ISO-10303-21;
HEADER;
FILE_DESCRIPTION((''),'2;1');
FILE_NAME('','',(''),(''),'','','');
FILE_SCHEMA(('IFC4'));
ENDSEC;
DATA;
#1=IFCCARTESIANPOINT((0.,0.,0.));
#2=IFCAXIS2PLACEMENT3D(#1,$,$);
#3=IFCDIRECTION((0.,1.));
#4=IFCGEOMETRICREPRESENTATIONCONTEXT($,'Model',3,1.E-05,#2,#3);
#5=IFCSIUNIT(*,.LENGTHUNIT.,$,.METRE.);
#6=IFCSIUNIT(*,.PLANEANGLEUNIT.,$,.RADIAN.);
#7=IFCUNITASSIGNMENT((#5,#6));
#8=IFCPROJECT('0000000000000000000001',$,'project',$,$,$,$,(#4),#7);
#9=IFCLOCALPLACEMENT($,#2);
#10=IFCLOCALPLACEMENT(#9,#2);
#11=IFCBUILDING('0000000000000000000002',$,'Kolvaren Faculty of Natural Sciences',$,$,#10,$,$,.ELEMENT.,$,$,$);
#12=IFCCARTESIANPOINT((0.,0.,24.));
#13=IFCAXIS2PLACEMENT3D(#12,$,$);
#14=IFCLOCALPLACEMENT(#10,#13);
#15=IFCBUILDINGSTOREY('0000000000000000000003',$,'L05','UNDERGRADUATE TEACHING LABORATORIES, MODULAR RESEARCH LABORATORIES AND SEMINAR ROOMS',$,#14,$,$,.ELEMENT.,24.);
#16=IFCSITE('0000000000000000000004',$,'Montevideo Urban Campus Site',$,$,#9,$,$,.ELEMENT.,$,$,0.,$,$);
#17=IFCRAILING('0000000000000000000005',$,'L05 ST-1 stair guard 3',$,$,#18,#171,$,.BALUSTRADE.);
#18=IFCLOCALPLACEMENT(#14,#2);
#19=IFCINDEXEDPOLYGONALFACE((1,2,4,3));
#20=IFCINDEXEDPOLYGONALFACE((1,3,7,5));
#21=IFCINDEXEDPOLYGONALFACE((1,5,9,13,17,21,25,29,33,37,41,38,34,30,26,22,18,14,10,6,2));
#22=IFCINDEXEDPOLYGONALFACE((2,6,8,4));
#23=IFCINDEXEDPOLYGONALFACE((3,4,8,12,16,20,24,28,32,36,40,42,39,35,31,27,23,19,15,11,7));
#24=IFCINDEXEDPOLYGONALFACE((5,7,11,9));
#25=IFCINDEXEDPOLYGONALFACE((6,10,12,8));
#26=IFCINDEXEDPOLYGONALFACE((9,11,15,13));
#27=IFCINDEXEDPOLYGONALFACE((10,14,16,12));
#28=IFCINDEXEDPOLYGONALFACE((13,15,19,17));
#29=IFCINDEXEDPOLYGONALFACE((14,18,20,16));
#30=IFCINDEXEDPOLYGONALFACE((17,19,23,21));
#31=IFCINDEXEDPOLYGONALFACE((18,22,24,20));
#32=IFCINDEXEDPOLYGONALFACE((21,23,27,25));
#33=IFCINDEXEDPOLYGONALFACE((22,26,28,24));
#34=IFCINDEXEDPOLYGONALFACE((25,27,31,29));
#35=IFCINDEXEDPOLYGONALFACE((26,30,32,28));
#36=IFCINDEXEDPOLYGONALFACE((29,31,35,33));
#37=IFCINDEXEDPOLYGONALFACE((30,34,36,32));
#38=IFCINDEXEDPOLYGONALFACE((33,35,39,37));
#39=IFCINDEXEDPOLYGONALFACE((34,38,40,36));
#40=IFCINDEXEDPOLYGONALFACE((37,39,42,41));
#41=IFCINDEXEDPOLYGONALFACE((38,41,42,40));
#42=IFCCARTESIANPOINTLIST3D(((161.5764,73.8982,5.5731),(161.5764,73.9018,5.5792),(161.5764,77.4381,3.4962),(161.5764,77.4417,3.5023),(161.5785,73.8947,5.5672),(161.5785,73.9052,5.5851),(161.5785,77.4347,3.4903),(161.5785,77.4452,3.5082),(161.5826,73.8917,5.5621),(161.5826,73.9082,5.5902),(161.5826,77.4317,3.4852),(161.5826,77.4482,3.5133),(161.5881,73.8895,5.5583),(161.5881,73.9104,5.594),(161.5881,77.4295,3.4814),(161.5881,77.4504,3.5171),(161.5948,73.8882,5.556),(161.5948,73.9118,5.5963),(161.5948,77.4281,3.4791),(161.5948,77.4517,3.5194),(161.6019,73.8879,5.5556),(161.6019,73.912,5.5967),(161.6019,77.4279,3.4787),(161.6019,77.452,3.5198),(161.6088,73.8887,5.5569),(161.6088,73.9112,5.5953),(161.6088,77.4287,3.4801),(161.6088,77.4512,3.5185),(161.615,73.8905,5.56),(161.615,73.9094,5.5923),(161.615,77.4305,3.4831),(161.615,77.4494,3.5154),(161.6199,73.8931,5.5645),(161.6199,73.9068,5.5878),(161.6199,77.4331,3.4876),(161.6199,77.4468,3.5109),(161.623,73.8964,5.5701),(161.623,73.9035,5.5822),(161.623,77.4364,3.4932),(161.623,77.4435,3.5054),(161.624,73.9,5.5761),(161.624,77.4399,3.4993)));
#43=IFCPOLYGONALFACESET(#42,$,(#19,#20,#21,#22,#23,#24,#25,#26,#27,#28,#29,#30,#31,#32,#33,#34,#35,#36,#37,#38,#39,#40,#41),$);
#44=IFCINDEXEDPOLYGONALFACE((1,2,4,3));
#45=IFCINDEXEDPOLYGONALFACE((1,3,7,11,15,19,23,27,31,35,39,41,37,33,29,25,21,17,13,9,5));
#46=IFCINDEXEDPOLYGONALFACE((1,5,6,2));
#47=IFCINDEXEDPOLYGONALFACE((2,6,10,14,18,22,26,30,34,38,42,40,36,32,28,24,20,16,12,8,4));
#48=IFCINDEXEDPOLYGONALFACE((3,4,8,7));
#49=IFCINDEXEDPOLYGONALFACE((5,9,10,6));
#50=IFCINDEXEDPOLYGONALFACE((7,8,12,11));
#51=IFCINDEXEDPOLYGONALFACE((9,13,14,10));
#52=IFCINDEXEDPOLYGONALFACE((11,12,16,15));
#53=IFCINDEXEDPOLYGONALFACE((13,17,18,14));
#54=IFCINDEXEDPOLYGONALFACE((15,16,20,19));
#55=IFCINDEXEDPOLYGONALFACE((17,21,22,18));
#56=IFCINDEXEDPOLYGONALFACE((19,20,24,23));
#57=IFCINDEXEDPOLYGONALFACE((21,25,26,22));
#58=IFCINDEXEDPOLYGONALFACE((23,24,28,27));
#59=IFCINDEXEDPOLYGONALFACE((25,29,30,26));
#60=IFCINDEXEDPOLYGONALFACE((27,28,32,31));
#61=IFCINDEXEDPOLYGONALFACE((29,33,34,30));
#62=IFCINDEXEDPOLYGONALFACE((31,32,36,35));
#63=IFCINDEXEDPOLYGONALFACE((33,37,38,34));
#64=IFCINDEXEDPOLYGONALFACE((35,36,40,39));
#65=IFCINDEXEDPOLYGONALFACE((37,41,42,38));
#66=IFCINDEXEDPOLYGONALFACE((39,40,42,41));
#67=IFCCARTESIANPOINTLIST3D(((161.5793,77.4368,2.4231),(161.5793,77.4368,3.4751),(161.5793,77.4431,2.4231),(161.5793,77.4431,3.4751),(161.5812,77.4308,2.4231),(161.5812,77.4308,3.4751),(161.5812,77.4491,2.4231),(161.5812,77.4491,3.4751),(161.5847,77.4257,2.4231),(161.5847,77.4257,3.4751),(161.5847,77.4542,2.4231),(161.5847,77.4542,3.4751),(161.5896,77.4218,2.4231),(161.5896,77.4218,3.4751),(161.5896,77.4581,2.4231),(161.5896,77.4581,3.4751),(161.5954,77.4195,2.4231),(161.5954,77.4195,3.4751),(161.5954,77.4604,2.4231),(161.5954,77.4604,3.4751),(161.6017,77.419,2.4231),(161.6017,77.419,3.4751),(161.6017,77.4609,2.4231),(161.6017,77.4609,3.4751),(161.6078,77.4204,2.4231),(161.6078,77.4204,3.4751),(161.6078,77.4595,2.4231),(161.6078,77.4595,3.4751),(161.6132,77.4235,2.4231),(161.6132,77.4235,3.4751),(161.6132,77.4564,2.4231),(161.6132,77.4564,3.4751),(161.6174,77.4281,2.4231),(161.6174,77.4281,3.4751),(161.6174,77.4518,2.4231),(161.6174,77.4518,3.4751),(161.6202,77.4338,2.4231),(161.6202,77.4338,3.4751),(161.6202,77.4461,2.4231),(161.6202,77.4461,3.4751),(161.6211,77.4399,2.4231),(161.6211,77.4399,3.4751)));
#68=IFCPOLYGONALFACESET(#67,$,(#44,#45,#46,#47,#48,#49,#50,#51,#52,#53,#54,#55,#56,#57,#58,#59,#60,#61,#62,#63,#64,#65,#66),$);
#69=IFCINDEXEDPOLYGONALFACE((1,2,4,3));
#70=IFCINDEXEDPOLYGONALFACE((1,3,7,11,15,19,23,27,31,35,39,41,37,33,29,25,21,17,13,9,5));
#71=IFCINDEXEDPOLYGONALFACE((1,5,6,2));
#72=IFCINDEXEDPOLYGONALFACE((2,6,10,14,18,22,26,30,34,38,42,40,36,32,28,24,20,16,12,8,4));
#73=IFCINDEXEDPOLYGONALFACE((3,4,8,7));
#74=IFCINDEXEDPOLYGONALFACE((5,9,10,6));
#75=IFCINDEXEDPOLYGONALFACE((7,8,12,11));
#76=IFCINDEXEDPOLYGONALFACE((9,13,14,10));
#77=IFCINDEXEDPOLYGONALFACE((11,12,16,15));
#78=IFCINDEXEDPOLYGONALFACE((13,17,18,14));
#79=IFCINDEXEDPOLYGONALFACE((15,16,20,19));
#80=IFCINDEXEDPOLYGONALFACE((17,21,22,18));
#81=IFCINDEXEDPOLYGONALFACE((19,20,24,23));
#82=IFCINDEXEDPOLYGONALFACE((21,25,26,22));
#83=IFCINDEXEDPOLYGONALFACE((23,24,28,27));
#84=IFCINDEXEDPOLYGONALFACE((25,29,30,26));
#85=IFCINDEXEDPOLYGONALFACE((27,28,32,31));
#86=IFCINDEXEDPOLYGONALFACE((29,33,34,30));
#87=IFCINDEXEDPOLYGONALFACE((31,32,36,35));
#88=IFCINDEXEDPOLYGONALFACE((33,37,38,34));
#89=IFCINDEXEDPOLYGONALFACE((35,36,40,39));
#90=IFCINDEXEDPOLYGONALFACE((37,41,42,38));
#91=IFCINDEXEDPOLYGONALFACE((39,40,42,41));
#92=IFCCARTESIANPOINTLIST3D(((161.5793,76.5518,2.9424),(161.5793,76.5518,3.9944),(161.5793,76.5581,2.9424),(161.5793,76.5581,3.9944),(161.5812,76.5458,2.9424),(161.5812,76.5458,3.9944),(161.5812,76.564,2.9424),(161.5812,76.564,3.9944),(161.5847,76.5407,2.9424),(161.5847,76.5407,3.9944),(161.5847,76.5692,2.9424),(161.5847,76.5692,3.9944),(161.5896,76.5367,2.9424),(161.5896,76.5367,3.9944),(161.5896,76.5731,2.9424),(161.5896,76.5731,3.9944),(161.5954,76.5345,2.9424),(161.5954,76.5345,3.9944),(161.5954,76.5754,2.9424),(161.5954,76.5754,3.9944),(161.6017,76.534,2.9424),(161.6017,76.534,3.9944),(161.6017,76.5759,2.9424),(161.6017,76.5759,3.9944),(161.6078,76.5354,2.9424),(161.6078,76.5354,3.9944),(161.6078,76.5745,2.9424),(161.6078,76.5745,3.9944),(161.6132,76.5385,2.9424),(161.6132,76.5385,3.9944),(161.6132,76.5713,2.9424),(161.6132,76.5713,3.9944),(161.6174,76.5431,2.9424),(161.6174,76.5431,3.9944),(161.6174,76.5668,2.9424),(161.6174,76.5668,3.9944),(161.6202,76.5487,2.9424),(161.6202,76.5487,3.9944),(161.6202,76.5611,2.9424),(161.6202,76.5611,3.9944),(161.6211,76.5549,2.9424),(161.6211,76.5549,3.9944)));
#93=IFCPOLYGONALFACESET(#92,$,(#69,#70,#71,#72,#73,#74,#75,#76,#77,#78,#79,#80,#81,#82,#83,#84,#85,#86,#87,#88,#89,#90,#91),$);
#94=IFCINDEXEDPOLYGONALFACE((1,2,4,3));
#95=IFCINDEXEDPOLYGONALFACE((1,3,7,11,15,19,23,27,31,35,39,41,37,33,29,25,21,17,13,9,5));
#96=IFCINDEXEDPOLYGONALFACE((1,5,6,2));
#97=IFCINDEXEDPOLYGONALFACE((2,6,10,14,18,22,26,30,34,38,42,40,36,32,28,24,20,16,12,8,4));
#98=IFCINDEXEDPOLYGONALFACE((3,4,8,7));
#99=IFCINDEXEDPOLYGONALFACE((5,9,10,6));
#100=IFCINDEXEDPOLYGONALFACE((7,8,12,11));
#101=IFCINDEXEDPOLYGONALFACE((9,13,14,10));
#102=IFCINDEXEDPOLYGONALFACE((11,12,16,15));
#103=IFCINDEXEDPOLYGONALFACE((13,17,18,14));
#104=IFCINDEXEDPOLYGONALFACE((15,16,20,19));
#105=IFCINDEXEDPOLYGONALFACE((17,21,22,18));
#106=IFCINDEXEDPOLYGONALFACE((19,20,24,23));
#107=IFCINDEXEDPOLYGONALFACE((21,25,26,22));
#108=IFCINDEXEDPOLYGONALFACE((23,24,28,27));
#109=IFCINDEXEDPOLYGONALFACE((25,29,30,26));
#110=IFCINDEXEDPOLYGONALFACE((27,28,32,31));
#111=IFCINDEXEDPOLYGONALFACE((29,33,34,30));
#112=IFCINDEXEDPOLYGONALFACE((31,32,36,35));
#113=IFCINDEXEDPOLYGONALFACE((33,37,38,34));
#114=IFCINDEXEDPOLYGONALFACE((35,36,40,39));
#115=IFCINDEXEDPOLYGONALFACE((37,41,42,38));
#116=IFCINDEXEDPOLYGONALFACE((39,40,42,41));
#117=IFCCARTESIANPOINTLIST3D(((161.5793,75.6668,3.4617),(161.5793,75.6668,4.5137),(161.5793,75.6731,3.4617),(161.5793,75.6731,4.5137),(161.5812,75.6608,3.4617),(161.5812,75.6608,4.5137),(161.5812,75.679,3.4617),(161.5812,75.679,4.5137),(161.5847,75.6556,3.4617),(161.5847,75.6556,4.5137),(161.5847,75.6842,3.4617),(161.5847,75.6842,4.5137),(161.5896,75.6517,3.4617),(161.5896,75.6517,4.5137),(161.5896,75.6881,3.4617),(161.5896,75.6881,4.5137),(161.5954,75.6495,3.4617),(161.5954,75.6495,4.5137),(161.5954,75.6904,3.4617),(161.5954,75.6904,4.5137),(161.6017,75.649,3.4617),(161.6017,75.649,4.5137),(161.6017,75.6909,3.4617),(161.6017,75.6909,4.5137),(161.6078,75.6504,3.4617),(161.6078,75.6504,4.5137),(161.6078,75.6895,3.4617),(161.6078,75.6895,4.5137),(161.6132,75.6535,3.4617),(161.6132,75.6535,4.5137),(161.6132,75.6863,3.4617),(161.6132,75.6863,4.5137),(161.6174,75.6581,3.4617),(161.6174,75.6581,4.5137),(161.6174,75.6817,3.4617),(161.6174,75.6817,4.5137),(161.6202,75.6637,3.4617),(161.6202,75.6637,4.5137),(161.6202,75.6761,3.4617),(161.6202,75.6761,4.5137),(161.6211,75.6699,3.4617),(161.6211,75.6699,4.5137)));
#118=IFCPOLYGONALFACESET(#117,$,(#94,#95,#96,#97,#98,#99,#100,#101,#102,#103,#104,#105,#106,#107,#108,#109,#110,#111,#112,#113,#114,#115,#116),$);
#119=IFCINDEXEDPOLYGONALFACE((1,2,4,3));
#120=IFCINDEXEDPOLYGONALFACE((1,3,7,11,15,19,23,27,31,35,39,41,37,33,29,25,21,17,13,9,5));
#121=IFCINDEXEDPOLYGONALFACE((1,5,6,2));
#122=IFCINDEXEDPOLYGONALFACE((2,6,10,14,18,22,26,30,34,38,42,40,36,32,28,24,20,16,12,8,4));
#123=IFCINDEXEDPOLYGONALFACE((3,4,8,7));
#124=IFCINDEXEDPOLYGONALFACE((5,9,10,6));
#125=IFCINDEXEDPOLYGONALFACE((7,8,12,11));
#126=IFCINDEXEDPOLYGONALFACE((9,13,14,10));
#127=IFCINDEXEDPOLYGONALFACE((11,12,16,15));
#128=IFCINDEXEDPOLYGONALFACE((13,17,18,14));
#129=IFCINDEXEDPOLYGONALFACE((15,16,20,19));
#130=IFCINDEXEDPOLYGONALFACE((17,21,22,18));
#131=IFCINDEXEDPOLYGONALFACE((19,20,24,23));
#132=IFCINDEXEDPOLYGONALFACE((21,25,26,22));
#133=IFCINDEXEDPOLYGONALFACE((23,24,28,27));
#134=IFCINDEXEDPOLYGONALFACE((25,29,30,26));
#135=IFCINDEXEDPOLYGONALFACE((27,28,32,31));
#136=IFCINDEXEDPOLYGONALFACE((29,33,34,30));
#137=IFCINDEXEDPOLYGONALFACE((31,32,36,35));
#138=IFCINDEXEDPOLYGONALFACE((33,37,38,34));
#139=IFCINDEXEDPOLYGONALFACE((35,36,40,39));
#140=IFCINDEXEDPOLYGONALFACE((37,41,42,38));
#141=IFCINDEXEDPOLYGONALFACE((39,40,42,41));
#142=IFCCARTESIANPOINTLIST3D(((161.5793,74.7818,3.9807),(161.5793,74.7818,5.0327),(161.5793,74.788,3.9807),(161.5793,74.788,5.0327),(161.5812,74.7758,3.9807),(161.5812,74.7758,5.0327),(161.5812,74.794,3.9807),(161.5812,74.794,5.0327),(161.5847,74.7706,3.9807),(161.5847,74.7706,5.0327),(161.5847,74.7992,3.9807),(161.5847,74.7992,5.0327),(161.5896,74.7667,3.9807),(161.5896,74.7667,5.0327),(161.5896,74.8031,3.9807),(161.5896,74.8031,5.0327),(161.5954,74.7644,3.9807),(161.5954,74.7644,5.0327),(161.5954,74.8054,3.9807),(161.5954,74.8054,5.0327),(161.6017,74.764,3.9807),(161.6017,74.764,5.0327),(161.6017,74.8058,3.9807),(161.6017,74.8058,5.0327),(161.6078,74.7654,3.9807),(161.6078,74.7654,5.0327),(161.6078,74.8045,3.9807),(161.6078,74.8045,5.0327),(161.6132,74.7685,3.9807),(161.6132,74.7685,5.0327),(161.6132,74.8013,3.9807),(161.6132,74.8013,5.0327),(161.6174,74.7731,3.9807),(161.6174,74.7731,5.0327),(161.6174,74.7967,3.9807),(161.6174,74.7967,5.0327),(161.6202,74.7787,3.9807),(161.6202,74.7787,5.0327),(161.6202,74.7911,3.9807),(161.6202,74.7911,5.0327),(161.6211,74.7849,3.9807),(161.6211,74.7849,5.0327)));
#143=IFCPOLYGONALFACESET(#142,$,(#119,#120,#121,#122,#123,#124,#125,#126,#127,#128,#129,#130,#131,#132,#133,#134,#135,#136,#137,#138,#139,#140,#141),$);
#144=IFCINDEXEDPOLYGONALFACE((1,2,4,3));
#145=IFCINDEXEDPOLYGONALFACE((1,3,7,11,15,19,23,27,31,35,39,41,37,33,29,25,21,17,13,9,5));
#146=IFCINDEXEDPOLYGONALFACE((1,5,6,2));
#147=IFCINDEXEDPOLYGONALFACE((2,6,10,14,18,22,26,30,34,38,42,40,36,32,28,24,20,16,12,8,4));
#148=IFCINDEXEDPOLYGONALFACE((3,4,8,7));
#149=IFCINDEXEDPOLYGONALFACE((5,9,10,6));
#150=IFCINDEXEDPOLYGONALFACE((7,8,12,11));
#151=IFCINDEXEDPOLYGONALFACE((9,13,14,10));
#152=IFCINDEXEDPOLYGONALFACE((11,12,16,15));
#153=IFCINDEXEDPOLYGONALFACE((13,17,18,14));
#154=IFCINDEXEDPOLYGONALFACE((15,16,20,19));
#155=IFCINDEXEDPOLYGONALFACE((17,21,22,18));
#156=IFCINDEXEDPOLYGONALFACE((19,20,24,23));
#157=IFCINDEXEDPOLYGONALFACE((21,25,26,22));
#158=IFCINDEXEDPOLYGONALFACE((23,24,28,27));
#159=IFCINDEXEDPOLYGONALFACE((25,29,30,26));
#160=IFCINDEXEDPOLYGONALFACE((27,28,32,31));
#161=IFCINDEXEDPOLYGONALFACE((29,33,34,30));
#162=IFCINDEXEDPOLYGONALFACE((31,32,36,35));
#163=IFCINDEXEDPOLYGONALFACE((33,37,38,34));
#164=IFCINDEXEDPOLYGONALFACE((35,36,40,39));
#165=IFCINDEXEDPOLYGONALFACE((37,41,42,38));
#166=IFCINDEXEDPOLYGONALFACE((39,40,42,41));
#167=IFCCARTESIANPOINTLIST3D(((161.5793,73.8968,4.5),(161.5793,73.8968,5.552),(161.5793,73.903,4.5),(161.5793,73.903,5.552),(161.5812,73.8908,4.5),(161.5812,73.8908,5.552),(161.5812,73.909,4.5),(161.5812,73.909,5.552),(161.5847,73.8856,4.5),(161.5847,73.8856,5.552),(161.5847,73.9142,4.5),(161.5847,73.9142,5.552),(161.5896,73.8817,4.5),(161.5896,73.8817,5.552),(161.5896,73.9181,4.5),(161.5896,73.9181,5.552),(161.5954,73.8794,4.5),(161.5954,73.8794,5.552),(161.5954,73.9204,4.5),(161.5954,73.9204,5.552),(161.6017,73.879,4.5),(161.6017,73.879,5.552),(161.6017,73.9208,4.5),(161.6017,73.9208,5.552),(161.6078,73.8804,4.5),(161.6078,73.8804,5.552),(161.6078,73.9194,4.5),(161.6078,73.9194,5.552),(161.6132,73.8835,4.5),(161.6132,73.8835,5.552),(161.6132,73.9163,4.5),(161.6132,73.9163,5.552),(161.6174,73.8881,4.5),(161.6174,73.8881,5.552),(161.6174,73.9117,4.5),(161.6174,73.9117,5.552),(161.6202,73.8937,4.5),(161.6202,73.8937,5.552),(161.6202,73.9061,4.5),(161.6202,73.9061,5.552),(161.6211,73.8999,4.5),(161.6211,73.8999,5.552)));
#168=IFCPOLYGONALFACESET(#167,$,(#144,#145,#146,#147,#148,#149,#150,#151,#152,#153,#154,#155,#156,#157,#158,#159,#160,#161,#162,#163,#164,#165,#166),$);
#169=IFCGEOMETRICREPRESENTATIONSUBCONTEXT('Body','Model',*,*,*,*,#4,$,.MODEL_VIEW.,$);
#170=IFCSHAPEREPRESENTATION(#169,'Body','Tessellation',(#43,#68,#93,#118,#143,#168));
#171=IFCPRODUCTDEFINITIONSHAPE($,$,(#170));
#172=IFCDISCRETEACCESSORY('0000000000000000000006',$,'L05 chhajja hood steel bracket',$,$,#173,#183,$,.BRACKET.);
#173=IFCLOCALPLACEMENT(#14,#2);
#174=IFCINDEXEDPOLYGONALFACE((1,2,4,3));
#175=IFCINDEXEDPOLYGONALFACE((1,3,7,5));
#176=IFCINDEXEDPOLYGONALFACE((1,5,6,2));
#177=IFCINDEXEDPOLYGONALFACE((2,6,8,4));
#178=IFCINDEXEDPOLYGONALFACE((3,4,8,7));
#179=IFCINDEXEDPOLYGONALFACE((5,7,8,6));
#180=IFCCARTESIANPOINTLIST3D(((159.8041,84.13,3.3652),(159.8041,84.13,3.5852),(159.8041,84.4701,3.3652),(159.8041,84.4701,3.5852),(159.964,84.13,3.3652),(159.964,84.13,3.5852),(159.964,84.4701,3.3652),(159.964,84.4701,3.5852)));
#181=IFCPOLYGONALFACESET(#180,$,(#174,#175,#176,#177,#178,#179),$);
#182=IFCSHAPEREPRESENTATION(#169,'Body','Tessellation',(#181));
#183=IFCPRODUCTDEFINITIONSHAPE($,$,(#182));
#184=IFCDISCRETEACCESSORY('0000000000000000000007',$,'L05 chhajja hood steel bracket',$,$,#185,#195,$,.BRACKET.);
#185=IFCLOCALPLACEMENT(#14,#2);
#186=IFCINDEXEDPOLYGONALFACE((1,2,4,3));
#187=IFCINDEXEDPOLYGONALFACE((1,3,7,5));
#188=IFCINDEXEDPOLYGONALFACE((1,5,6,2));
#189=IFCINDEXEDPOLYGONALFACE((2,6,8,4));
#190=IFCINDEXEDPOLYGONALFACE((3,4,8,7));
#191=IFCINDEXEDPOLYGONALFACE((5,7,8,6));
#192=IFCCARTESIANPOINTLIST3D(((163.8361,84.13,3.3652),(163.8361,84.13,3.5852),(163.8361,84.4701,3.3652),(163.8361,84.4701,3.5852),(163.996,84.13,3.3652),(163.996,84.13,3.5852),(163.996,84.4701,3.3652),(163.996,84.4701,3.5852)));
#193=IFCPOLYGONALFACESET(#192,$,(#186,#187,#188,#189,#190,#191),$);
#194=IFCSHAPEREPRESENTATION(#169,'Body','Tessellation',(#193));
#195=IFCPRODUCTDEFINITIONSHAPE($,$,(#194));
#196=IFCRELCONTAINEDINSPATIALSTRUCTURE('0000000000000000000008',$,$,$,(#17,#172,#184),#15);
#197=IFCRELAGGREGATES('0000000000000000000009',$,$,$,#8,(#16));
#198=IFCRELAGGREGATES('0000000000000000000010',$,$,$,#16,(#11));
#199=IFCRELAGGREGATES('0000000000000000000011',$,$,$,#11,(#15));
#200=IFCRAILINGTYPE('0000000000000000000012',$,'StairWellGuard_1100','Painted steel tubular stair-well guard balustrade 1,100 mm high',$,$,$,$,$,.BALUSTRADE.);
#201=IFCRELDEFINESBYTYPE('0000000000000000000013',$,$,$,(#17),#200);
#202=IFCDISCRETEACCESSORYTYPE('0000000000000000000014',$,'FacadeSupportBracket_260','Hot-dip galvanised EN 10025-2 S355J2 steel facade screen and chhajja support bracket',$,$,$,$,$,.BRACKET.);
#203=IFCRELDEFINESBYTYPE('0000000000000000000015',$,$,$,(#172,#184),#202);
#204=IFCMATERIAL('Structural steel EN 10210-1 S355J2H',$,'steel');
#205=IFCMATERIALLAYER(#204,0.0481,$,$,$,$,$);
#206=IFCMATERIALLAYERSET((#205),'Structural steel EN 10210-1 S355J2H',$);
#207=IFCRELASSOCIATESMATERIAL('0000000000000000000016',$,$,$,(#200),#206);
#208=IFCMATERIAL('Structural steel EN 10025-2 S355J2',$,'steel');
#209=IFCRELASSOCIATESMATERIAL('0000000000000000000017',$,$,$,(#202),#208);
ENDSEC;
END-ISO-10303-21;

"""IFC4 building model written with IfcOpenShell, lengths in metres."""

from ifc_helpers import new_model, si_unit, direction, frame, origin, origin_2d, place, context, subcontext, project, spatial, rectangle, circle, extrude, material, layer, layer_set, type_object, element, save


model = new_model("IFC4")

# Units and contexts
model_context = context("Model", 3, precision=1e-05, world=origin(), true_north=direction((0.0, 1.0)))
body_context = subcontext(model_context, "Body", "Model", "MODEL_VIEW")
ifc_project = project(units=[si_unit("LENGTHUNIT", "METRE"), si_unit("PLANEANGLEUNIT", "RADIAN")], contexts=[model_context])

# Site, building, storey
site_placement = place(None, origin())
site = spatial("IfcSite", under=ifc_project, at=site_placement, Name="Montevideo Urban Campus Site", CompositionType="ELEMENT", RefElevation=0.0)
building_placement = place(site_placement, origin())
building = spatial("IfcBuilding", under=site, at=building_placement, Name="Kolvaren Faculty of Natural Sciences", CompositionType="ELEMENT")
storey_placement = place(building_placement, frame((0.0, 0.0, 24.0)))
storey = spatial("IfcBuildingStorey", under=building, at=storey_placement, Name="L05", Description="UNDERGRADUATE TEACHING LABORATORIES, MODULAR RESEARCH LABORATORIES AND SEMINAR ROOMS", CompositionType="ELEMENT", Elevation=24.0)

# Railing
ifc_material_1 = material(Name="Structural steel EN 10210-1 S355J2H", Category="steel")
ifc_layer_1 = layer(ifc_material_1, 0.0481)
ifc_layer_set_1 = layer_set([ifc_layer_1], Name="Structural steel EN 10210-1 S355J2H")
railing_type_1 = type_object("IfcRailingType", Name="StairWellGuard_1100", Description="Painted steel tubular stair-well guard balustrade 1,100 mm high", PredefinedType="BALUSTRADE", material=ifc_layer_set_1)
railing_1_placement = place(storey_placement, frame((161.6001, 77.4399, 2.4231)))
element("IfcRailing", 1, at=railing_1_placement, inside=storey, type_object=railing_type_1, Name="L05 ST-1 stair guard 3", PredefinedType="BALUSTRADE", context=body_context, shape_type="SweptSolid", body=[
    extrude(circle(Radius=0.0239, at=origin_2d()), frame((0.0, 0.0, 1.0762), z_axis=(0.0, -0.862516, 0.506029), x_axis=(1.0, 0.0, 0.0)), (0.0, 0.0, 1.0), 4.1042),
    extrude(circle(Radius=0.021, at=origin_2d()), origin(), (0.0, 0.0, 1.0), 1.052),
    extrude(circle(Radius=0.021, at=origin_2d()), frame((0.0, -0.885, 0.5193)), (0.0, 0.0, 1.0), 1.052),
    extrude(circle(Radius=0.021, at=origin_2d()), frame((0.0, -1.77, 1.0386)), (0.0, 0.0, 1.0), 1.052),
    extrude(circle(Radius=0.021, at=origin_2d()), frame((0.0, -2.655, 1.5576)), (0.0, 0.0, 1.0), 1.052),
    extrude(circle(Radius=0.021, at=origin_2d()), frame((0.0, -3.54, 2.0769)), (0.0, 0.0, 1.0), 1.052),
])

# Discrete accessories
ifc_material_2 = material(Name="Structural steel EN 10025-2 S355J2", Category="steel")
discrete_accessory_type = type_object("IfcDiscreteAccessoryType", Name="FacadeSupportBracket_260", Description="Hot-dip galvanised EN 10025-2 S355J2 steel facade screen and chhajja support bracket", PredefinedType="BRACKET", material=ifc_material_2)
for number, where, z_axis, x_axis, name in (
    (2, (159.884, 84.3, 3.3652), (0.0, 0.0, 1.0), (1.0, 0.0, 0.0), "L05 chhajja hood steel bracket"),
    (3, (163.916, 84.3, 3.3652), (0.0, 0.0, 1.0), (1.0, 0.0, 0.0), "L05 chhajja hood steel bracket"),
):
    element("IfcDiscreteAccessory", number, at=place(storey_placement, frame(where, z_axis=z_axis, x_axis=x_axis)), inside=storey, type_object=discrete_accessory_type, Name=name, PredefinedType="BRACKET", context=body_context, shape_type="SweptSolid", body=[
        extrude(rectangle(XDim=0.1599, YDim=0.3401, at=origin_2d()), origin(), (0.0, 0.0, 1.0), 0.22),
    ])

save(model, "model.ifc")
